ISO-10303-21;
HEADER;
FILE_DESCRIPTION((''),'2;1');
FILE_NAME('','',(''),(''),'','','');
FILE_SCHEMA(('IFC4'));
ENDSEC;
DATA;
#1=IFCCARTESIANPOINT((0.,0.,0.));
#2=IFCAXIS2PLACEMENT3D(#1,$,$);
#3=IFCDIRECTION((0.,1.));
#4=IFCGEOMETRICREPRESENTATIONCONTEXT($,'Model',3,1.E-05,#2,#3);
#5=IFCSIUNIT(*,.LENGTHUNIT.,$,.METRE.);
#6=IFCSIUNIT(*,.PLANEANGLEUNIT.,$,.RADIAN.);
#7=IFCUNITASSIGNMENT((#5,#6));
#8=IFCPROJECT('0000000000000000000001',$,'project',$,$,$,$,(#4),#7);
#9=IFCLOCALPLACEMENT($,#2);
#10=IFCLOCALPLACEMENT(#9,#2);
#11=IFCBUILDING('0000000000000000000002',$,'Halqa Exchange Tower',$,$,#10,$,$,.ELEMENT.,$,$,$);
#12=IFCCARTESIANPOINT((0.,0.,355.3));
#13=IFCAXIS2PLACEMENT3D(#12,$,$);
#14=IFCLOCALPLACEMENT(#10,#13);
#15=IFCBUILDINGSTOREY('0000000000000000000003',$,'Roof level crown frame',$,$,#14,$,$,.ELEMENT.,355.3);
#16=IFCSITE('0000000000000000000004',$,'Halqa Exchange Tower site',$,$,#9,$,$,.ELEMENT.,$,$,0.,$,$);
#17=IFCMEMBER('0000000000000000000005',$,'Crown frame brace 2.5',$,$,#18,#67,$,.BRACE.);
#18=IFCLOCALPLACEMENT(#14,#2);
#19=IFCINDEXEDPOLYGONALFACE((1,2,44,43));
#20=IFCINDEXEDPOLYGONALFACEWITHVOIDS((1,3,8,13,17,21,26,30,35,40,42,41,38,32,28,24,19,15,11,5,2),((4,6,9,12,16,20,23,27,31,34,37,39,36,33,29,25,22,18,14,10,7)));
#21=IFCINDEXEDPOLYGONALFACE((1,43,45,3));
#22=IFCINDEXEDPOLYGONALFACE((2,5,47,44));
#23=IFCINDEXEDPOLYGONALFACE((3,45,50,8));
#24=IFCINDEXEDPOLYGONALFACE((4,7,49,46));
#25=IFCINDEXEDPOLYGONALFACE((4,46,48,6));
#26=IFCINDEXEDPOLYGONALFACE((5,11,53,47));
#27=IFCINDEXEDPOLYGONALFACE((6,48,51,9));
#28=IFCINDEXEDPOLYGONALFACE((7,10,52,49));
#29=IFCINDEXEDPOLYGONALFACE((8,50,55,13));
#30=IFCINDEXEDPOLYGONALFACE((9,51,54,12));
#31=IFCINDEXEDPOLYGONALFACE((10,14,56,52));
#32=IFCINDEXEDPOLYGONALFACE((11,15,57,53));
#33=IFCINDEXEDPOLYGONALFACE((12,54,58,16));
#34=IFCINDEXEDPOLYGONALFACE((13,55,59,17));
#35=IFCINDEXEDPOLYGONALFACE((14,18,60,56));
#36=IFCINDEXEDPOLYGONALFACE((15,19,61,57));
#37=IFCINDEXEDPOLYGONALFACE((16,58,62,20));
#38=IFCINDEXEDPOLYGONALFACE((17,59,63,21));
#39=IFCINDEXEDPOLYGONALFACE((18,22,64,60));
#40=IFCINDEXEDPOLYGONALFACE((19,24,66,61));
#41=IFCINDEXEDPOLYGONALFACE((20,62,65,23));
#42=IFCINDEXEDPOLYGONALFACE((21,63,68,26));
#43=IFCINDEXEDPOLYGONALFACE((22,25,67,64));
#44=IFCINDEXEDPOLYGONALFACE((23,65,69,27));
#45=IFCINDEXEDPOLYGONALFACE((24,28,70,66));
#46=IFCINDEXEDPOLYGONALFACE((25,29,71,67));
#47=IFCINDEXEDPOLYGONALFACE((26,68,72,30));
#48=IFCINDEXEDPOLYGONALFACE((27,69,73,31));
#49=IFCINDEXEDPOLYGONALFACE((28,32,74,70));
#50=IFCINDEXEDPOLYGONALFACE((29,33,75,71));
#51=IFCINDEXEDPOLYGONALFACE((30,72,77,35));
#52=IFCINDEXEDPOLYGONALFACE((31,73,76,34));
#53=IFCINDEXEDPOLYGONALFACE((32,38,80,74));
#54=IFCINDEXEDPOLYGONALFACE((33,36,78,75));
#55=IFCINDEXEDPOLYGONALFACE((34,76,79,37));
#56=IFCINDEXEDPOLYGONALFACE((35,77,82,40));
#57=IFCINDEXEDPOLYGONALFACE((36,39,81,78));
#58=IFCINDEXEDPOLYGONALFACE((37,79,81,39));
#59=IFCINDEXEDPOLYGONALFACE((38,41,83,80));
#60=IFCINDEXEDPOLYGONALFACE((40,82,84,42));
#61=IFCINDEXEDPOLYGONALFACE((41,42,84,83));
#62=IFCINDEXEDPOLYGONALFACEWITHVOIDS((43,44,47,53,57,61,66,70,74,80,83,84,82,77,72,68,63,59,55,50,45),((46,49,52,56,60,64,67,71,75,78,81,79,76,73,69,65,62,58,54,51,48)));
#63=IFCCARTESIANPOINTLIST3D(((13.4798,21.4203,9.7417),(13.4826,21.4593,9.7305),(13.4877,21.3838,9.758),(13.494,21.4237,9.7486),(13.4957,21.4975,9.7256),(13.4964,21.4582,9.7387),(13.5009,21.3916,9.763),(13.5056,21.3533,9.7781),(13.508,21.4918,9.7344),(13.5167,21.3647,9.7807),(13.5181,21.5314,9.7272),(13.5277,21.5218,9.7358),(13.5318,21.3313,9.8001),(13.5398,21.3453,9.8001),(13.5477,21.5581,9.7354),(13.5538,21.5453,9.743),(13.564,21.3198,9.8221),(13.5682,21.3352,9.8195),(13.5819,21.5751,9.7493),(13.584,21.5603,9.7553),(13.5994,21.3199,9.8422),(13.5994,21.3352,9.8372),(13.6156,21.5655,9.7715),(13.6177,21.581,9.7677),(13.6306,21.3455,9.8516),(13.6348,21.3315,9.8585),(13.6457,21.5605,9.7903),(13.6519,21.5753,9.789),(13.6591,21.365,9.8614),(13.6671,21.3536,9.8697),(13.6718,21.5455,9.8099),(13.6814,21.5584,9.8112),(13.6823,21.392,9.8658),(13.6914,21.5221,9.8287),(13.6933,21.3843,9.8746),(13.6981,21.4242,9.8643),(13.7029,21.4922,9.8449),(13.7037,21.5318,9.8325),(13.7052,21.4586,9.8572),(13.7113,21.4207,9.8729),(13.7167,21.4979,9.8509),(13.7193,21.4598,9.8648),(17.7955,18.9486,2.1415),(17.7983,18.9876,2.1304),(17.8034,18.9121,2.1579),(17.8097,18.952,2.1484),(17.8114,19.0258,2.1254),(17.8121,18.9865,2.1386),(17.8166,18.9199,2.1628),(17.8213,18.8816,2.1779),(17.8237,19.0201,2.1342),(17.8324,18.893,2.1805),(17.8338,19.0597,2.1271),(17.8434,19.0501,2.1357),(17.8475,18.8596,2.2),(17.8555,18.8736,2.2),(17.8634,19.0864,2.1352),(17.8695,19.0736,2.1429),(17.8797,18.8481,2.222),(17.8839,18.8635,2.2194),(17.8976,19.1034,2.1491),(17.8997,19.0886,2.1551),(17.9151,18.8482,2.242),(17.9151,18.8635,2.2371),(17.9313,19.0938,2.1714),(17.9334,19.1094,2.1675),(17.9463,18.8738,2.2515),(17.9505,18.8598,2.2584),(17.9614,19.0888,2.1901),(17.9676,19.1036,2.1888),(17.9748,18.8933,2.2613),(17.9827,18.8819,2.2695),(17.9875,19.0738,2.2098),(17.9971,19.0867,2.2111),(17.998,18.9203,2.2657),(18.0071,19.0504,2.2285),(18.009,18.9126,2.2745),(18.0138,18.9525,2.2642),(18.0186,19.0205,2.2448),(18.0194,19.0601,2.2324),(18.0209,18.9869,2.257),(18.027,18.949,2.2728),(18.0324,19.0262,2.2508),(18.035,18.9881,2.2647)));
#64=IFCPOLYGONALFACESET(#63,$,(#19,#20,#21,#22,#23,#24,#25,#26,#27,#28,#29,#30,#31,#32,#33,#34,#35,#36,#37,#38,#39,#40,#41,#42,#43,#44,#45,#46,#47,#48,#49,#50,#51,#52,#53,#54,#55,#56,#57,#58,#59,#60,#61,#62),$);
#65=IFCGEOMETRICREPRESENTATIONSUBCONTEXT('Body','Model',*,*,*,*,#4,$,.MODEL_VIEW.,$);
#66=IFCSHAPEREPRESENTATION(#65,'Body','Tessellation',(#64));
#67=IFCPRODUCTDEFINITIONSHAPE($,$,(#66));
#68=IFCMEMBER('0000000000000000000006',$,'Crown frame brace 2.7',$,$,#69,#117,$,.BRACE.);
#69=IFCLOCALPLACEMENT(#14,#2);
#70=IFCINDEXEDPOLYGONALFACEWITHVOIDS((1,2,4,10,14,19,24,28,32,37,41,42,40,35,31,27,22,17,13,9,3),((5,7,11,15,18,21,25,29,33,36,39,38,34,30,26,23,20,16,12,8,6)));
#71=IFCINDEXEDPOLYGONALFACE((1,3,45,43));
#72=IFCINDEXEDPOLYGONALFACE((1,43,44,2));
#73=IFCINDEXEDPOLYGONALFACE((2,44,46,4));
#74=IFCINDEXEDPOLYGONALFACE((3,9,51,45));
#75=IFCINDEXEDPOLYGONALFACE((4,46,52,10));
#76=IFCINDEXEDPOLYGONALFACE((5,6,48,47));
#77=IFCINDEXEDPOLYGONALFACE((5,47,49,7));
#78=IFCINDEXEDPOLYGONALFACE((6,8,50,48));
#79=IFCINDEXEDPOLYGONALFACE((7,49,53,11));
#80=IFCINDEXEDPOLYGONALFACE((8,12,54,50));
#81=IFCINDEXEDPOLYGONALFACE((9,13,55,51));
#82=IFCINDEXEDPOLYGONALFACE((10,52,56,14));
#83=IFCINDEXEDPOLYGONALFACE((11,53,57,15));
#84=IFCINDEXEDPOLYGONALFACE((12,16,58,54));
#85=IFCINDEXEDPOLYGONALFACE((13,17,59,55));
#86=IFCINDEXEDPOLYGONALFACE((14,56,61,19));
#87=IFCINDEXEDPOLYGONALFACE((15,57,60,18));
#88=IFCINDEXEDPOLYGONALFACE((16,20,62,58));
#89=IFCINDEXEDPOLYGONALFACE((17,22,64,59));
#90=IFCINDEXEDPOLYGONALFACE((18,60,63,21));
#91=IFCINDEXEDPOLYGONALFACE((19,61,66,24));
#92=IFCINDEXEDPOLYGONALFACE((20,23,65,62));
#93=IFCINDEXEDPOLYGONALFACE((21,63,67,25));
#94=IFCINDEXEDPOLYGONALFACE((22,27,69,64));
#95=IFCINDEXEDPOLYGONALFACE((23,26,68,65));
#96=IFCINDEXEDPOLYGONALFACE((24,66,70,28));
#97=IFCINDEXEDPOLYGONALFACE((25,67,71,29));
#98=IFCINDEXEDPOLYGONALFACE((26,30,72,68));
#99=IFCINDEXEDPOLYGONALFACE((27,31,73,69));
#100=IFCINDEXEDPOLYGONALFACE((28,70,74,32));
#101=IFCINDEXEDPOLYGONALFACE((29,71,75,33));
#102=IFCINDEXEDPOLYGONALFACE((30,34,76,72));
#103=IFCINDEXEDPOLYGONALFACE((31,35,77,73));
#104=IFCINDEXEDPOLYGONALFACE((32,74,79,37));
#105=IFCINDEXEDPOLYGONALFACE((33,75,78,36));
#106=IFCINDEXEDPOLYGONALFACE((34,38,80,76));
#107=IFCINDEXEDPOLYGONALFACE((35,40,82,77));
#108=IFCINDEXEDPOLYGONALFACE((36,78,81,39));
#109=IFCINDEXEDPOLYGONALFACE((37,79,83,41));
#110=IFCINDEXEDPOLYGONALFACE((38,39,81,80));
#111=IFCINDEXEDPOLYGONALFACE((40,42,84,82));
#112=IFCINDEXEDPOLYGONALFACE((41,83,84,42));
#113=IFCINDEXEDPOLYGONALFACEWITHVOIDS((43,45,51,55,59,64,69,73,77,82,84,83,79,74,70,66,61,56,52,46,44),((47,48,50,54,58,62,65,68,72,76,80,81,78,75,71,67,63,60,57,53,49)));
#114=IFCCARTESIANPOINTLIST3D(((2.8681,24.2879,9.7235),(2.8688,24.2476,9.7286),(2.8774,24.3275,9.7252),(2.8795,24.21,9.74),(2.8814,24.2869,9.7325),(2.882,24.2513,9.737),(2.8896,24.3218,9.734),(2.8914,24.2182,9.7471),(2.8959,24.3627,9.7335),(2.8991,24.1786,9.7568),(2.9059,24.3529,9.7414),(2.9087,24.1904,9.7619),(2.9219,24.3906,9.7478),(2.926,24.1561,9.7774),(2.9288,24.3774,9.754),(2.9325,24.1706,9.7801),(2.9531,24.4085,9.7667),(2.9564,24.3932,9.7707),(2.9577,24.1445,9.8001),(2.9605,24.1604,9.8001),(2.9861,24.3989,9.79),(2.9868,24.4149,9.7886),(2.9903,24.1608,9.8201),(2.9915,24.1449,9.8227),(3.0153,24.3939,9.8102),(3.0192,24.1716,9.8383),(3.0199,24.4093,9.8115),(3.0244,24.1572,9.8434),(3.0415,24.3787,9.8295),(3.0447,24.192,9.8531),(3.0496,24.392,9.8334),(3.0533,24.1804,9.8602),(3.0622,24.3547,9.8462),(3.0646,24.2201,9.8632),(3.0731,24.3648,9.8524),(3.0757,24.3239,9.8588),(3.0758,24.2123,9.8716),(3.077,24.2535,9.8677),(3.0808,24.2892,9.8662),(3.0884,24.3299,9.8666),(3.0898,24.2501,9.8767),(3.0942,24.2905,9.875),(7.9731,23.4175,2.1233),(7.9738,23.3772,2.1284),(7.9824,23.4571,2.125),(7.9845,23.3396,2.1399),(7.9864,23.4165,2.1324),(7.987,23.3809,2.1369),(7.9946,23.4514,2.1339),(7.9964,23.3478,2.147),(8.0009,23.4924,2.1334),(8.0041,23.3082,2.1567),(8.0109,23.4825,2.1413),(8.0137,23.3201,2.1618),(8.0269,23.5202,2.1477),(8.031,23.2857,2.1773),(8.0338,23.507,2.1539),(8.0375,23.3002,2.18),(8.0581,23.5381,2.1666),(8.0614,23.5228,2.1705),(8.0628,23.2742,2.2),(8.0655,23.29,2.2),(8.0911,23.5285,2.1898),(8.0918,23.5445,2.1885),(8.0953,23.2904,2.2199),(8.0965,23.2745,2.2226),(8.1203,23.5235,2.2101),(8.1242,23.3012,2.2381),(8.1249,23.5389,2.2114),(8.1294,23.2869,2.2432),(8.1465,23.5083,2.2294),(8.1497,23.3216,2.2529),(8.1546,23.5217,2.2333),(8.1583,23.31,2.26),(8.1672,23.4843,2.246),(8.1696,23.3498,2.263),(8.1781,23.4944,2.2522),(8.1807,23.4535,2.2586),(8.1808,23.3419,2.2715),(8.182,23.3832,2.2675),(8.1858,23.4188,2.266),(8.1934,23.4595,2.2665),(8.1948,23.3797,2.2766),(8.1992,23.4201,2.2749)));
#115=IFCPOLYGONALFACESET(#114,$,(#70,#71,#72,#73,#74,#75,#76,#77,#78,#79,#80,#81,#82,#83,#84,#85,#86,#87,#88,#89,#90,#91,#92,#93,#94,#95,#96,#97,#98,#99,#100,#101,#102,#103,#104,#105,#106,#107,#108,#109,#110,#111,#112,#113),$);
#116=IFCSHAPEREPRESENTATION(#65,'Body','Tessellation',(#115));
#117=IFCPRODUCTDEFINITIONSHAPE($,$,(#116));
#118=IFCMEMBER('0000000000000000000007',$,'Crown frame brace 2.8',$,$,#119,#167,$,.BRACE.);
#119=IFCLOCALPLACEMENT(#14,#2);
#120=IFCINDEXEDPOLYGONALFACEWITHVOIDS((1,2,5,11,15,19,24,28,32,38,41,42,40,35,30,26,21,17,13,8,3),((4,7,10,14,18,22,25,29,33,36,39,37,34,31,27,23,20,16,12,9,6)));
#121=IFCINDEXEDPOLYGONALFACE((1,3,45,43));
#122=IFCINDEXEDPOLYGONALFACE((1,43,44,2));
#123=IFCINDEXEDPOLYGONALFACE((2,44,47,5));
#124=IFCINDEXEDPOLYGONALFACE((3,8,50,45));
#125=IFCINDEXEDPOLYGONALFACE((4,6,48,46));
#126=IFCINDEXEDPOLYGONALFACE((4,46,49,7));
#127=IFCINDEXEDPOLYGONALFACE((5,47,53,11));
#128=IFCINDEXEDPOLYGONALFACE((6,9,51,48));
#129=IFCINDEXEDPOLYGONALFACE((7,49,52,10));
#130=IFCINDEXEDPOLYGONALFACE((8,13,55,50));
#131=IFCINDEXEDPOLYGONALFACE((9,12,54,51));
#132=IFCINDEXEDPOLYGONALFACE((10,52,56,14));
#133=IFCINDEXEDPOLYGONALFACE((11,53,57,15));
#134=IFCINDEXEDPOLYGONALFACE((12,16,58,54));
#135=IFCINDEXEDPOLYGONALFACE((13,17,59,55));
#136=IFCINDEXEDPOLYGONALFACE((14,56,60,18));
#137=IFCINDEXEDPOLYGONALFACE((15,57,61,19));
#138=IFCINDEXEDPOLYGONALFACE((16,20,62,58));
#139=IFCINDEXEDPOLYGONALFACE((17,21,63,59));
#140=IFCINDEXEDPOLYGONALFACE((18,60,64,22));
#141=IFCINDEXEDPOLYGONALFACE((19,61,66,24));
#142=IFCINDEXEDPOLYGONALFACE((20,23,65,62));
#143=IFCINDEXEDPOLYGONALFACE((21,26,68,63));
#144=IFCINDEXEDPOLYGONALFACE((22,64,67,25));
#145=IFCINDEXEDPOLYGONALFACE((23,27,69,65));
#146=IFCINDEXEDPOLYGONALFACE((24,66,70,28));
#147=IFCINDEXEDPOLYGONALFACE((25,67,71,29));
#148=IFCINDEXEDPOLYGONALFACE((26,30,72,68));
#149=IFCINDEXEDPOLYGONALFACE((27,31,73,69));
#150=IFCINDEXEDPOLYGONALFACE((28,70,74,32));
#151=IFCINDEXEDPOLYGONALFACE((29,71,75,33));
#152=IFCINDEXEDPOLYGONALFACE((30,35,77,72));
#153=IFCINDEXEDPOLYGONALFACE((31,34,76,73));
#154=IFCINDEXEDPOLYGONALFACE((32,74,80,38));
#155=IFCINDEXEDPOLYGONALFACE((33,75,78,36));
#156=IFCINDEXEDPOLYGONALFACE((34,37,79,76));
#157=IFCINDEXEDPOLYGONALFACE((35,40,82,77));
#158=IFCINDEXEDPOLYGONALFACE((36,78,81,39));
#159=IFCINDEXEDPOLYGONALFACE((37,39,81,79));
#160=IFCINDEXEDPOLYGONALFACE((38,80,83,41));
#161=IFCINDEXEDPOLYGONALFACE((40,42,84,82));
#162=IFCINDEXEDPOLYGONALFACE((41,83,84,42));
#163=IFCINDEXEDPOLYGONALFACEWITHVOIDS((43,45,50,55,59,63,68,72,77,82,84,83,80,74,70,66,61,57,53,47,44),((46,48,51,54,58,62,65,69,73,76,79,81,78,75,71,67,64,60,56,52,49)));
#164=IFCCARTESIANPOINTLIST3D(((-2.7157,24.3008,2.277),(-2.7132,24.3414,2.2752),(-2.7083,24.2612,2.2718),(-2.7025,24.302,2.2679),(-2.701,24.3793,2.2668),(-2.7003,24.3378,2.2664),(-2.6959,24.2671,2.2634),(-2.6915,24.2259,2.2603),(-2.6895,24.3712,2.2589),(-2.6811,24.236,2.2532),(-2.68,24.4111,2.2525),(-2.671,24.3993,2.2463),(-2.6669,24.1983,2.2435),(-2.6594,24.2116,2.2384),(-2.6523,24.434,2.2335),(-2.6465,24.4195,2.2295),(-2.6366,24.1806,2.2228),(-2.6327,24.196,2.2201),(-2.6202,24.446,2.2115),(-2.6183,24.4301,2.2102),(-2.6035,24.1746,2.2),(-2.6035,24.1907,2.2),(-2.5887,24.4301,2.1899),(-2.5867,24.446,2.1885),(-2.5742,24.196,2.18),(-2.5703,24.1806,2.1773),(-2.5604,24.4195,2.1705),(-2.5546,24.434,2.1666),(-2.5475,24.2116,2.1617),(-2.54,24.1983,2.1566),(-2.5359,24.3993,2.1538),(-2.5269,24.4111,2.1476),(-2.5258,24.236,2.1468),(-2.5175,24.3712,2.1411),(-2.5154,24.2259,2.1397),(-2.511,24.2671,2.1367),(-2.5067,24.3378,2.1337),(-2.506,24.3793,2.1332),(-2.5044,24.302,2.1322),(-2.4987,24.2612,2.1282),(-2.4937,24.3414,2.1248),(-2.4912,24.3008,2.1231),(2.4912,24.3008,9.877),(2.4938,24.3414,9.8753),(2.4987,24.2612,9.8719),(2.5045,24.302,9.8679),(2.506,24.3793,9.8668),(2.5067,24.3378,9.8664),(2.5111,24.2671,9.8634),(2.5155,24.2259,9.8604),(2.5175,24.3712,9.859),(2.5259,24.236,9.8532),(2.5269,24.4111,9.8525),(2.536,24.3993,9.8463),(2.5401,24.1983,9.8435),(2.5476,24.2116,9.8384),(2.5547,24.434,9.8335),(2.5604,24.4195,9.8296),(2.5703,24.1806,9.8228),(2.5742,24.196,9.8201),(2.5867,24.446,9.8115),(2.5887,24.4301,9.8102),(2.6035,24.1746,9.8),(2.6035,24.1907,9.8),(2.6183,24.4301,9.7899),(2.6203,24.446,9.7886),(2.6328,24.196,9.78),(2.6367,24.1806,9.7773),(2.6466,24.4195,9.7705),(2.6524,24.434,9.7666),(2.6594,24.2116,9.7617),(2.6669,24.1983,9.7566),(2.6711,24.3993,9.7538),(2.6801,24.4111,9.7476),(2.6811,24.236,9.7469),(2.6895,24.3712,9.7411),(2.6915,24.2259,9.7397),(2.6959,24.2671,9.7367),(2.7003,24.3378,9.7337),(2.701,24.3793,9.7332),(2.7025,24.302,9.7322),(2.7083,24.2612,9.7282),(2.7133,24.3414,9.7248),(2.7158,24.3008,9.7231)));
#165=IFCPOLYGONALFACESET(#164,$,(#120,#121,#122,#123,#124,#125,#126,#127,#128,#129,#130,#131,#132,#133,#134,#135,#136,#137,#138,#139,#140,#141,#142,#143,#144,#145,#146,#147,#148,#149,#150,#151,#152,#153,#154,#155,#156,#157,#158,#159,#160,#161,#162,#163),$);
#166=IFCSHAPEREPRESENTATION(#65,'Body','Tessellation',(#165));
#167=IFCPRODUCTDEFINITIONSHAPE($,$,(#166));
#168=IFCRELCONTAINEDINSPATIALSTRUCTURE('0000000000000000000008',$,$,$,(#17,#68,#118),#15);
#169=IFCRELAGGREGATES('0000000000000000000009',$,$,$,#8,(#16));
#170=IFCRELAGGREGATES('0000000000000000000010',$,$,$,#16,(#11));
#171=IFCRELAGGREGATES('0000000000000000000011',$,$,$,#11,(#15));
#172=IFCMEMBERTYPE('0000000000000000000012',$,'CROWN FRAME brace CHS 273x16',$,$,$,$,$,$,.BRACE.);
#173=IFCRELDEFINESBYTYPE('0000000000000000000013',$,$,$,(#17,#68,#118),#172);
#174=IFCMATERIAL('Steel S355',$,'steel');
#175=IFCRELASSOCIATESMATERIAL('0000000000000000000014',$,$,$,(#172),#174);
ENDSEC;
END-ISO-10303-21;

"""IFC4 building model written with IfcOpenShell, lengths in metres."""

from ifc_helpers import new_model, si_unit, direction, frame, origin, origin_2d, place, context, subcontext, project, spatial, hollow_circle, extrude, material, material_profile, profile_set, type_object, element, save


model = new_model("IFC4")

# Units and contexts
model_context = context("Model", 3, precision=1e-05, world=origin(), true_north=direction((0.0, 1.0)))
body_context = subcontext(model_context, "Body", "Model", "MODEL_VIEW")
ifc_project = project(units=[si_unit("LENGTHUNIT", "METRE"), si_unit("PLANEANGLEUNIT", "RADIAN")], contexts=[model_context])

# Site, building, storey
site_placement = place(None, origin())
site = spatial("IfcSite", under=ifc_project, at=site_placement, Name="Halqa Exchange Tower site", CompositionType="ELEMENT", RefElevation=0.0)
building_placement = place(site_placement, origin())
building = spatial("IfcBuilding", under=site, at=building_placement, Name="Halqa Exchange Tower", CompositionType="ELEMENT")
storey_placement = place(building_placement, frame((0.0, 0.0, 355.3)))
storey = spatial("IfcBuildingStorey", under=building, at=storey_placement, Name="Roof level crown frame", CompositionType="ELEMENT", Elevation=355.3)

# Shared definitions
ifc_material_1 = material(Name="Steel S355", Category="steel")

# Members
ifc_material_profile_1 = material_profile(ifc_material_1, hollow_circle(Radius=0.1365, WallThickness=0.0161, at=origin_2d()), Name="CHS 273x16")
ifc_profile_set_1 = profile_set([ifc_material_profile_1], Name="Steel S355")
member_type = type_object("IfcMemberType", Name="CROWN FRAME brace CHS 273x16", PredefinedType="BRACE", material=ifc_profile_set_1)
member_1_placement = place(storey_placement, frame((17.9153, 18.978, 2.2), z_axis=(-0.475152, 0.27213, 0.836765), x_axis=(-0.496985, -0.867759, 0.0)))
element("IfcMember", 1, at=member_1_placement, inside=storey, type_object=member_type, Name="Crown frame brace 2.5", PredefinedType="BRACE", context=body_context, shape_type="SweptSolid", body=[
    extrude(hollow_circle(Radius=0.1365, WallThickness=0.0161, at=origin_2d()), origin(), (0.0, 0.0, 1.0), 9.0828),
])
member_2_placement = place(storey_placement, frame((8.0857, 23.4087, 2.2), z_axis=(-0.555086, 0.094638, 0.826391), x_axis=(-0.168067, -0.985776, 0.0)))
element("IfcMember", 2, at=member_2_placement, inside=storey, type_object=member_type, Name="Crown frame brace 2.7", PredefinedType="BRACE", context=body_context, shape_type="SweptSolid", body=[
    extrude(hollow_circle(Radius=0.1365, WallThickness=0.0161, at=origin_2d()), origin(), (0.0, 0.0, 1.0), 9.1968),
])
member_3_placement = place(storey_placement, frame((2.6035, 24.311, 9.8), z_axis=(-0.565199, 0.0, -0.824955), x_axis=(0.0, -1.0, 0.0)))
element("IfcMember", 3, at=member_3_placement, inside=storey, type_object=member_type, Name="Crown frame brace 2.8", PredefinedType="BRACE", context=body_context, shape_type="SweptSolid", body=[
    extrude(hollow_circle(Radius=0.1365, WallThickness=0.0161, at=origin_2d()), origin(), (0.0, 0.0, 1.0), 9.2126),
])

save(model, "model.ifc")
